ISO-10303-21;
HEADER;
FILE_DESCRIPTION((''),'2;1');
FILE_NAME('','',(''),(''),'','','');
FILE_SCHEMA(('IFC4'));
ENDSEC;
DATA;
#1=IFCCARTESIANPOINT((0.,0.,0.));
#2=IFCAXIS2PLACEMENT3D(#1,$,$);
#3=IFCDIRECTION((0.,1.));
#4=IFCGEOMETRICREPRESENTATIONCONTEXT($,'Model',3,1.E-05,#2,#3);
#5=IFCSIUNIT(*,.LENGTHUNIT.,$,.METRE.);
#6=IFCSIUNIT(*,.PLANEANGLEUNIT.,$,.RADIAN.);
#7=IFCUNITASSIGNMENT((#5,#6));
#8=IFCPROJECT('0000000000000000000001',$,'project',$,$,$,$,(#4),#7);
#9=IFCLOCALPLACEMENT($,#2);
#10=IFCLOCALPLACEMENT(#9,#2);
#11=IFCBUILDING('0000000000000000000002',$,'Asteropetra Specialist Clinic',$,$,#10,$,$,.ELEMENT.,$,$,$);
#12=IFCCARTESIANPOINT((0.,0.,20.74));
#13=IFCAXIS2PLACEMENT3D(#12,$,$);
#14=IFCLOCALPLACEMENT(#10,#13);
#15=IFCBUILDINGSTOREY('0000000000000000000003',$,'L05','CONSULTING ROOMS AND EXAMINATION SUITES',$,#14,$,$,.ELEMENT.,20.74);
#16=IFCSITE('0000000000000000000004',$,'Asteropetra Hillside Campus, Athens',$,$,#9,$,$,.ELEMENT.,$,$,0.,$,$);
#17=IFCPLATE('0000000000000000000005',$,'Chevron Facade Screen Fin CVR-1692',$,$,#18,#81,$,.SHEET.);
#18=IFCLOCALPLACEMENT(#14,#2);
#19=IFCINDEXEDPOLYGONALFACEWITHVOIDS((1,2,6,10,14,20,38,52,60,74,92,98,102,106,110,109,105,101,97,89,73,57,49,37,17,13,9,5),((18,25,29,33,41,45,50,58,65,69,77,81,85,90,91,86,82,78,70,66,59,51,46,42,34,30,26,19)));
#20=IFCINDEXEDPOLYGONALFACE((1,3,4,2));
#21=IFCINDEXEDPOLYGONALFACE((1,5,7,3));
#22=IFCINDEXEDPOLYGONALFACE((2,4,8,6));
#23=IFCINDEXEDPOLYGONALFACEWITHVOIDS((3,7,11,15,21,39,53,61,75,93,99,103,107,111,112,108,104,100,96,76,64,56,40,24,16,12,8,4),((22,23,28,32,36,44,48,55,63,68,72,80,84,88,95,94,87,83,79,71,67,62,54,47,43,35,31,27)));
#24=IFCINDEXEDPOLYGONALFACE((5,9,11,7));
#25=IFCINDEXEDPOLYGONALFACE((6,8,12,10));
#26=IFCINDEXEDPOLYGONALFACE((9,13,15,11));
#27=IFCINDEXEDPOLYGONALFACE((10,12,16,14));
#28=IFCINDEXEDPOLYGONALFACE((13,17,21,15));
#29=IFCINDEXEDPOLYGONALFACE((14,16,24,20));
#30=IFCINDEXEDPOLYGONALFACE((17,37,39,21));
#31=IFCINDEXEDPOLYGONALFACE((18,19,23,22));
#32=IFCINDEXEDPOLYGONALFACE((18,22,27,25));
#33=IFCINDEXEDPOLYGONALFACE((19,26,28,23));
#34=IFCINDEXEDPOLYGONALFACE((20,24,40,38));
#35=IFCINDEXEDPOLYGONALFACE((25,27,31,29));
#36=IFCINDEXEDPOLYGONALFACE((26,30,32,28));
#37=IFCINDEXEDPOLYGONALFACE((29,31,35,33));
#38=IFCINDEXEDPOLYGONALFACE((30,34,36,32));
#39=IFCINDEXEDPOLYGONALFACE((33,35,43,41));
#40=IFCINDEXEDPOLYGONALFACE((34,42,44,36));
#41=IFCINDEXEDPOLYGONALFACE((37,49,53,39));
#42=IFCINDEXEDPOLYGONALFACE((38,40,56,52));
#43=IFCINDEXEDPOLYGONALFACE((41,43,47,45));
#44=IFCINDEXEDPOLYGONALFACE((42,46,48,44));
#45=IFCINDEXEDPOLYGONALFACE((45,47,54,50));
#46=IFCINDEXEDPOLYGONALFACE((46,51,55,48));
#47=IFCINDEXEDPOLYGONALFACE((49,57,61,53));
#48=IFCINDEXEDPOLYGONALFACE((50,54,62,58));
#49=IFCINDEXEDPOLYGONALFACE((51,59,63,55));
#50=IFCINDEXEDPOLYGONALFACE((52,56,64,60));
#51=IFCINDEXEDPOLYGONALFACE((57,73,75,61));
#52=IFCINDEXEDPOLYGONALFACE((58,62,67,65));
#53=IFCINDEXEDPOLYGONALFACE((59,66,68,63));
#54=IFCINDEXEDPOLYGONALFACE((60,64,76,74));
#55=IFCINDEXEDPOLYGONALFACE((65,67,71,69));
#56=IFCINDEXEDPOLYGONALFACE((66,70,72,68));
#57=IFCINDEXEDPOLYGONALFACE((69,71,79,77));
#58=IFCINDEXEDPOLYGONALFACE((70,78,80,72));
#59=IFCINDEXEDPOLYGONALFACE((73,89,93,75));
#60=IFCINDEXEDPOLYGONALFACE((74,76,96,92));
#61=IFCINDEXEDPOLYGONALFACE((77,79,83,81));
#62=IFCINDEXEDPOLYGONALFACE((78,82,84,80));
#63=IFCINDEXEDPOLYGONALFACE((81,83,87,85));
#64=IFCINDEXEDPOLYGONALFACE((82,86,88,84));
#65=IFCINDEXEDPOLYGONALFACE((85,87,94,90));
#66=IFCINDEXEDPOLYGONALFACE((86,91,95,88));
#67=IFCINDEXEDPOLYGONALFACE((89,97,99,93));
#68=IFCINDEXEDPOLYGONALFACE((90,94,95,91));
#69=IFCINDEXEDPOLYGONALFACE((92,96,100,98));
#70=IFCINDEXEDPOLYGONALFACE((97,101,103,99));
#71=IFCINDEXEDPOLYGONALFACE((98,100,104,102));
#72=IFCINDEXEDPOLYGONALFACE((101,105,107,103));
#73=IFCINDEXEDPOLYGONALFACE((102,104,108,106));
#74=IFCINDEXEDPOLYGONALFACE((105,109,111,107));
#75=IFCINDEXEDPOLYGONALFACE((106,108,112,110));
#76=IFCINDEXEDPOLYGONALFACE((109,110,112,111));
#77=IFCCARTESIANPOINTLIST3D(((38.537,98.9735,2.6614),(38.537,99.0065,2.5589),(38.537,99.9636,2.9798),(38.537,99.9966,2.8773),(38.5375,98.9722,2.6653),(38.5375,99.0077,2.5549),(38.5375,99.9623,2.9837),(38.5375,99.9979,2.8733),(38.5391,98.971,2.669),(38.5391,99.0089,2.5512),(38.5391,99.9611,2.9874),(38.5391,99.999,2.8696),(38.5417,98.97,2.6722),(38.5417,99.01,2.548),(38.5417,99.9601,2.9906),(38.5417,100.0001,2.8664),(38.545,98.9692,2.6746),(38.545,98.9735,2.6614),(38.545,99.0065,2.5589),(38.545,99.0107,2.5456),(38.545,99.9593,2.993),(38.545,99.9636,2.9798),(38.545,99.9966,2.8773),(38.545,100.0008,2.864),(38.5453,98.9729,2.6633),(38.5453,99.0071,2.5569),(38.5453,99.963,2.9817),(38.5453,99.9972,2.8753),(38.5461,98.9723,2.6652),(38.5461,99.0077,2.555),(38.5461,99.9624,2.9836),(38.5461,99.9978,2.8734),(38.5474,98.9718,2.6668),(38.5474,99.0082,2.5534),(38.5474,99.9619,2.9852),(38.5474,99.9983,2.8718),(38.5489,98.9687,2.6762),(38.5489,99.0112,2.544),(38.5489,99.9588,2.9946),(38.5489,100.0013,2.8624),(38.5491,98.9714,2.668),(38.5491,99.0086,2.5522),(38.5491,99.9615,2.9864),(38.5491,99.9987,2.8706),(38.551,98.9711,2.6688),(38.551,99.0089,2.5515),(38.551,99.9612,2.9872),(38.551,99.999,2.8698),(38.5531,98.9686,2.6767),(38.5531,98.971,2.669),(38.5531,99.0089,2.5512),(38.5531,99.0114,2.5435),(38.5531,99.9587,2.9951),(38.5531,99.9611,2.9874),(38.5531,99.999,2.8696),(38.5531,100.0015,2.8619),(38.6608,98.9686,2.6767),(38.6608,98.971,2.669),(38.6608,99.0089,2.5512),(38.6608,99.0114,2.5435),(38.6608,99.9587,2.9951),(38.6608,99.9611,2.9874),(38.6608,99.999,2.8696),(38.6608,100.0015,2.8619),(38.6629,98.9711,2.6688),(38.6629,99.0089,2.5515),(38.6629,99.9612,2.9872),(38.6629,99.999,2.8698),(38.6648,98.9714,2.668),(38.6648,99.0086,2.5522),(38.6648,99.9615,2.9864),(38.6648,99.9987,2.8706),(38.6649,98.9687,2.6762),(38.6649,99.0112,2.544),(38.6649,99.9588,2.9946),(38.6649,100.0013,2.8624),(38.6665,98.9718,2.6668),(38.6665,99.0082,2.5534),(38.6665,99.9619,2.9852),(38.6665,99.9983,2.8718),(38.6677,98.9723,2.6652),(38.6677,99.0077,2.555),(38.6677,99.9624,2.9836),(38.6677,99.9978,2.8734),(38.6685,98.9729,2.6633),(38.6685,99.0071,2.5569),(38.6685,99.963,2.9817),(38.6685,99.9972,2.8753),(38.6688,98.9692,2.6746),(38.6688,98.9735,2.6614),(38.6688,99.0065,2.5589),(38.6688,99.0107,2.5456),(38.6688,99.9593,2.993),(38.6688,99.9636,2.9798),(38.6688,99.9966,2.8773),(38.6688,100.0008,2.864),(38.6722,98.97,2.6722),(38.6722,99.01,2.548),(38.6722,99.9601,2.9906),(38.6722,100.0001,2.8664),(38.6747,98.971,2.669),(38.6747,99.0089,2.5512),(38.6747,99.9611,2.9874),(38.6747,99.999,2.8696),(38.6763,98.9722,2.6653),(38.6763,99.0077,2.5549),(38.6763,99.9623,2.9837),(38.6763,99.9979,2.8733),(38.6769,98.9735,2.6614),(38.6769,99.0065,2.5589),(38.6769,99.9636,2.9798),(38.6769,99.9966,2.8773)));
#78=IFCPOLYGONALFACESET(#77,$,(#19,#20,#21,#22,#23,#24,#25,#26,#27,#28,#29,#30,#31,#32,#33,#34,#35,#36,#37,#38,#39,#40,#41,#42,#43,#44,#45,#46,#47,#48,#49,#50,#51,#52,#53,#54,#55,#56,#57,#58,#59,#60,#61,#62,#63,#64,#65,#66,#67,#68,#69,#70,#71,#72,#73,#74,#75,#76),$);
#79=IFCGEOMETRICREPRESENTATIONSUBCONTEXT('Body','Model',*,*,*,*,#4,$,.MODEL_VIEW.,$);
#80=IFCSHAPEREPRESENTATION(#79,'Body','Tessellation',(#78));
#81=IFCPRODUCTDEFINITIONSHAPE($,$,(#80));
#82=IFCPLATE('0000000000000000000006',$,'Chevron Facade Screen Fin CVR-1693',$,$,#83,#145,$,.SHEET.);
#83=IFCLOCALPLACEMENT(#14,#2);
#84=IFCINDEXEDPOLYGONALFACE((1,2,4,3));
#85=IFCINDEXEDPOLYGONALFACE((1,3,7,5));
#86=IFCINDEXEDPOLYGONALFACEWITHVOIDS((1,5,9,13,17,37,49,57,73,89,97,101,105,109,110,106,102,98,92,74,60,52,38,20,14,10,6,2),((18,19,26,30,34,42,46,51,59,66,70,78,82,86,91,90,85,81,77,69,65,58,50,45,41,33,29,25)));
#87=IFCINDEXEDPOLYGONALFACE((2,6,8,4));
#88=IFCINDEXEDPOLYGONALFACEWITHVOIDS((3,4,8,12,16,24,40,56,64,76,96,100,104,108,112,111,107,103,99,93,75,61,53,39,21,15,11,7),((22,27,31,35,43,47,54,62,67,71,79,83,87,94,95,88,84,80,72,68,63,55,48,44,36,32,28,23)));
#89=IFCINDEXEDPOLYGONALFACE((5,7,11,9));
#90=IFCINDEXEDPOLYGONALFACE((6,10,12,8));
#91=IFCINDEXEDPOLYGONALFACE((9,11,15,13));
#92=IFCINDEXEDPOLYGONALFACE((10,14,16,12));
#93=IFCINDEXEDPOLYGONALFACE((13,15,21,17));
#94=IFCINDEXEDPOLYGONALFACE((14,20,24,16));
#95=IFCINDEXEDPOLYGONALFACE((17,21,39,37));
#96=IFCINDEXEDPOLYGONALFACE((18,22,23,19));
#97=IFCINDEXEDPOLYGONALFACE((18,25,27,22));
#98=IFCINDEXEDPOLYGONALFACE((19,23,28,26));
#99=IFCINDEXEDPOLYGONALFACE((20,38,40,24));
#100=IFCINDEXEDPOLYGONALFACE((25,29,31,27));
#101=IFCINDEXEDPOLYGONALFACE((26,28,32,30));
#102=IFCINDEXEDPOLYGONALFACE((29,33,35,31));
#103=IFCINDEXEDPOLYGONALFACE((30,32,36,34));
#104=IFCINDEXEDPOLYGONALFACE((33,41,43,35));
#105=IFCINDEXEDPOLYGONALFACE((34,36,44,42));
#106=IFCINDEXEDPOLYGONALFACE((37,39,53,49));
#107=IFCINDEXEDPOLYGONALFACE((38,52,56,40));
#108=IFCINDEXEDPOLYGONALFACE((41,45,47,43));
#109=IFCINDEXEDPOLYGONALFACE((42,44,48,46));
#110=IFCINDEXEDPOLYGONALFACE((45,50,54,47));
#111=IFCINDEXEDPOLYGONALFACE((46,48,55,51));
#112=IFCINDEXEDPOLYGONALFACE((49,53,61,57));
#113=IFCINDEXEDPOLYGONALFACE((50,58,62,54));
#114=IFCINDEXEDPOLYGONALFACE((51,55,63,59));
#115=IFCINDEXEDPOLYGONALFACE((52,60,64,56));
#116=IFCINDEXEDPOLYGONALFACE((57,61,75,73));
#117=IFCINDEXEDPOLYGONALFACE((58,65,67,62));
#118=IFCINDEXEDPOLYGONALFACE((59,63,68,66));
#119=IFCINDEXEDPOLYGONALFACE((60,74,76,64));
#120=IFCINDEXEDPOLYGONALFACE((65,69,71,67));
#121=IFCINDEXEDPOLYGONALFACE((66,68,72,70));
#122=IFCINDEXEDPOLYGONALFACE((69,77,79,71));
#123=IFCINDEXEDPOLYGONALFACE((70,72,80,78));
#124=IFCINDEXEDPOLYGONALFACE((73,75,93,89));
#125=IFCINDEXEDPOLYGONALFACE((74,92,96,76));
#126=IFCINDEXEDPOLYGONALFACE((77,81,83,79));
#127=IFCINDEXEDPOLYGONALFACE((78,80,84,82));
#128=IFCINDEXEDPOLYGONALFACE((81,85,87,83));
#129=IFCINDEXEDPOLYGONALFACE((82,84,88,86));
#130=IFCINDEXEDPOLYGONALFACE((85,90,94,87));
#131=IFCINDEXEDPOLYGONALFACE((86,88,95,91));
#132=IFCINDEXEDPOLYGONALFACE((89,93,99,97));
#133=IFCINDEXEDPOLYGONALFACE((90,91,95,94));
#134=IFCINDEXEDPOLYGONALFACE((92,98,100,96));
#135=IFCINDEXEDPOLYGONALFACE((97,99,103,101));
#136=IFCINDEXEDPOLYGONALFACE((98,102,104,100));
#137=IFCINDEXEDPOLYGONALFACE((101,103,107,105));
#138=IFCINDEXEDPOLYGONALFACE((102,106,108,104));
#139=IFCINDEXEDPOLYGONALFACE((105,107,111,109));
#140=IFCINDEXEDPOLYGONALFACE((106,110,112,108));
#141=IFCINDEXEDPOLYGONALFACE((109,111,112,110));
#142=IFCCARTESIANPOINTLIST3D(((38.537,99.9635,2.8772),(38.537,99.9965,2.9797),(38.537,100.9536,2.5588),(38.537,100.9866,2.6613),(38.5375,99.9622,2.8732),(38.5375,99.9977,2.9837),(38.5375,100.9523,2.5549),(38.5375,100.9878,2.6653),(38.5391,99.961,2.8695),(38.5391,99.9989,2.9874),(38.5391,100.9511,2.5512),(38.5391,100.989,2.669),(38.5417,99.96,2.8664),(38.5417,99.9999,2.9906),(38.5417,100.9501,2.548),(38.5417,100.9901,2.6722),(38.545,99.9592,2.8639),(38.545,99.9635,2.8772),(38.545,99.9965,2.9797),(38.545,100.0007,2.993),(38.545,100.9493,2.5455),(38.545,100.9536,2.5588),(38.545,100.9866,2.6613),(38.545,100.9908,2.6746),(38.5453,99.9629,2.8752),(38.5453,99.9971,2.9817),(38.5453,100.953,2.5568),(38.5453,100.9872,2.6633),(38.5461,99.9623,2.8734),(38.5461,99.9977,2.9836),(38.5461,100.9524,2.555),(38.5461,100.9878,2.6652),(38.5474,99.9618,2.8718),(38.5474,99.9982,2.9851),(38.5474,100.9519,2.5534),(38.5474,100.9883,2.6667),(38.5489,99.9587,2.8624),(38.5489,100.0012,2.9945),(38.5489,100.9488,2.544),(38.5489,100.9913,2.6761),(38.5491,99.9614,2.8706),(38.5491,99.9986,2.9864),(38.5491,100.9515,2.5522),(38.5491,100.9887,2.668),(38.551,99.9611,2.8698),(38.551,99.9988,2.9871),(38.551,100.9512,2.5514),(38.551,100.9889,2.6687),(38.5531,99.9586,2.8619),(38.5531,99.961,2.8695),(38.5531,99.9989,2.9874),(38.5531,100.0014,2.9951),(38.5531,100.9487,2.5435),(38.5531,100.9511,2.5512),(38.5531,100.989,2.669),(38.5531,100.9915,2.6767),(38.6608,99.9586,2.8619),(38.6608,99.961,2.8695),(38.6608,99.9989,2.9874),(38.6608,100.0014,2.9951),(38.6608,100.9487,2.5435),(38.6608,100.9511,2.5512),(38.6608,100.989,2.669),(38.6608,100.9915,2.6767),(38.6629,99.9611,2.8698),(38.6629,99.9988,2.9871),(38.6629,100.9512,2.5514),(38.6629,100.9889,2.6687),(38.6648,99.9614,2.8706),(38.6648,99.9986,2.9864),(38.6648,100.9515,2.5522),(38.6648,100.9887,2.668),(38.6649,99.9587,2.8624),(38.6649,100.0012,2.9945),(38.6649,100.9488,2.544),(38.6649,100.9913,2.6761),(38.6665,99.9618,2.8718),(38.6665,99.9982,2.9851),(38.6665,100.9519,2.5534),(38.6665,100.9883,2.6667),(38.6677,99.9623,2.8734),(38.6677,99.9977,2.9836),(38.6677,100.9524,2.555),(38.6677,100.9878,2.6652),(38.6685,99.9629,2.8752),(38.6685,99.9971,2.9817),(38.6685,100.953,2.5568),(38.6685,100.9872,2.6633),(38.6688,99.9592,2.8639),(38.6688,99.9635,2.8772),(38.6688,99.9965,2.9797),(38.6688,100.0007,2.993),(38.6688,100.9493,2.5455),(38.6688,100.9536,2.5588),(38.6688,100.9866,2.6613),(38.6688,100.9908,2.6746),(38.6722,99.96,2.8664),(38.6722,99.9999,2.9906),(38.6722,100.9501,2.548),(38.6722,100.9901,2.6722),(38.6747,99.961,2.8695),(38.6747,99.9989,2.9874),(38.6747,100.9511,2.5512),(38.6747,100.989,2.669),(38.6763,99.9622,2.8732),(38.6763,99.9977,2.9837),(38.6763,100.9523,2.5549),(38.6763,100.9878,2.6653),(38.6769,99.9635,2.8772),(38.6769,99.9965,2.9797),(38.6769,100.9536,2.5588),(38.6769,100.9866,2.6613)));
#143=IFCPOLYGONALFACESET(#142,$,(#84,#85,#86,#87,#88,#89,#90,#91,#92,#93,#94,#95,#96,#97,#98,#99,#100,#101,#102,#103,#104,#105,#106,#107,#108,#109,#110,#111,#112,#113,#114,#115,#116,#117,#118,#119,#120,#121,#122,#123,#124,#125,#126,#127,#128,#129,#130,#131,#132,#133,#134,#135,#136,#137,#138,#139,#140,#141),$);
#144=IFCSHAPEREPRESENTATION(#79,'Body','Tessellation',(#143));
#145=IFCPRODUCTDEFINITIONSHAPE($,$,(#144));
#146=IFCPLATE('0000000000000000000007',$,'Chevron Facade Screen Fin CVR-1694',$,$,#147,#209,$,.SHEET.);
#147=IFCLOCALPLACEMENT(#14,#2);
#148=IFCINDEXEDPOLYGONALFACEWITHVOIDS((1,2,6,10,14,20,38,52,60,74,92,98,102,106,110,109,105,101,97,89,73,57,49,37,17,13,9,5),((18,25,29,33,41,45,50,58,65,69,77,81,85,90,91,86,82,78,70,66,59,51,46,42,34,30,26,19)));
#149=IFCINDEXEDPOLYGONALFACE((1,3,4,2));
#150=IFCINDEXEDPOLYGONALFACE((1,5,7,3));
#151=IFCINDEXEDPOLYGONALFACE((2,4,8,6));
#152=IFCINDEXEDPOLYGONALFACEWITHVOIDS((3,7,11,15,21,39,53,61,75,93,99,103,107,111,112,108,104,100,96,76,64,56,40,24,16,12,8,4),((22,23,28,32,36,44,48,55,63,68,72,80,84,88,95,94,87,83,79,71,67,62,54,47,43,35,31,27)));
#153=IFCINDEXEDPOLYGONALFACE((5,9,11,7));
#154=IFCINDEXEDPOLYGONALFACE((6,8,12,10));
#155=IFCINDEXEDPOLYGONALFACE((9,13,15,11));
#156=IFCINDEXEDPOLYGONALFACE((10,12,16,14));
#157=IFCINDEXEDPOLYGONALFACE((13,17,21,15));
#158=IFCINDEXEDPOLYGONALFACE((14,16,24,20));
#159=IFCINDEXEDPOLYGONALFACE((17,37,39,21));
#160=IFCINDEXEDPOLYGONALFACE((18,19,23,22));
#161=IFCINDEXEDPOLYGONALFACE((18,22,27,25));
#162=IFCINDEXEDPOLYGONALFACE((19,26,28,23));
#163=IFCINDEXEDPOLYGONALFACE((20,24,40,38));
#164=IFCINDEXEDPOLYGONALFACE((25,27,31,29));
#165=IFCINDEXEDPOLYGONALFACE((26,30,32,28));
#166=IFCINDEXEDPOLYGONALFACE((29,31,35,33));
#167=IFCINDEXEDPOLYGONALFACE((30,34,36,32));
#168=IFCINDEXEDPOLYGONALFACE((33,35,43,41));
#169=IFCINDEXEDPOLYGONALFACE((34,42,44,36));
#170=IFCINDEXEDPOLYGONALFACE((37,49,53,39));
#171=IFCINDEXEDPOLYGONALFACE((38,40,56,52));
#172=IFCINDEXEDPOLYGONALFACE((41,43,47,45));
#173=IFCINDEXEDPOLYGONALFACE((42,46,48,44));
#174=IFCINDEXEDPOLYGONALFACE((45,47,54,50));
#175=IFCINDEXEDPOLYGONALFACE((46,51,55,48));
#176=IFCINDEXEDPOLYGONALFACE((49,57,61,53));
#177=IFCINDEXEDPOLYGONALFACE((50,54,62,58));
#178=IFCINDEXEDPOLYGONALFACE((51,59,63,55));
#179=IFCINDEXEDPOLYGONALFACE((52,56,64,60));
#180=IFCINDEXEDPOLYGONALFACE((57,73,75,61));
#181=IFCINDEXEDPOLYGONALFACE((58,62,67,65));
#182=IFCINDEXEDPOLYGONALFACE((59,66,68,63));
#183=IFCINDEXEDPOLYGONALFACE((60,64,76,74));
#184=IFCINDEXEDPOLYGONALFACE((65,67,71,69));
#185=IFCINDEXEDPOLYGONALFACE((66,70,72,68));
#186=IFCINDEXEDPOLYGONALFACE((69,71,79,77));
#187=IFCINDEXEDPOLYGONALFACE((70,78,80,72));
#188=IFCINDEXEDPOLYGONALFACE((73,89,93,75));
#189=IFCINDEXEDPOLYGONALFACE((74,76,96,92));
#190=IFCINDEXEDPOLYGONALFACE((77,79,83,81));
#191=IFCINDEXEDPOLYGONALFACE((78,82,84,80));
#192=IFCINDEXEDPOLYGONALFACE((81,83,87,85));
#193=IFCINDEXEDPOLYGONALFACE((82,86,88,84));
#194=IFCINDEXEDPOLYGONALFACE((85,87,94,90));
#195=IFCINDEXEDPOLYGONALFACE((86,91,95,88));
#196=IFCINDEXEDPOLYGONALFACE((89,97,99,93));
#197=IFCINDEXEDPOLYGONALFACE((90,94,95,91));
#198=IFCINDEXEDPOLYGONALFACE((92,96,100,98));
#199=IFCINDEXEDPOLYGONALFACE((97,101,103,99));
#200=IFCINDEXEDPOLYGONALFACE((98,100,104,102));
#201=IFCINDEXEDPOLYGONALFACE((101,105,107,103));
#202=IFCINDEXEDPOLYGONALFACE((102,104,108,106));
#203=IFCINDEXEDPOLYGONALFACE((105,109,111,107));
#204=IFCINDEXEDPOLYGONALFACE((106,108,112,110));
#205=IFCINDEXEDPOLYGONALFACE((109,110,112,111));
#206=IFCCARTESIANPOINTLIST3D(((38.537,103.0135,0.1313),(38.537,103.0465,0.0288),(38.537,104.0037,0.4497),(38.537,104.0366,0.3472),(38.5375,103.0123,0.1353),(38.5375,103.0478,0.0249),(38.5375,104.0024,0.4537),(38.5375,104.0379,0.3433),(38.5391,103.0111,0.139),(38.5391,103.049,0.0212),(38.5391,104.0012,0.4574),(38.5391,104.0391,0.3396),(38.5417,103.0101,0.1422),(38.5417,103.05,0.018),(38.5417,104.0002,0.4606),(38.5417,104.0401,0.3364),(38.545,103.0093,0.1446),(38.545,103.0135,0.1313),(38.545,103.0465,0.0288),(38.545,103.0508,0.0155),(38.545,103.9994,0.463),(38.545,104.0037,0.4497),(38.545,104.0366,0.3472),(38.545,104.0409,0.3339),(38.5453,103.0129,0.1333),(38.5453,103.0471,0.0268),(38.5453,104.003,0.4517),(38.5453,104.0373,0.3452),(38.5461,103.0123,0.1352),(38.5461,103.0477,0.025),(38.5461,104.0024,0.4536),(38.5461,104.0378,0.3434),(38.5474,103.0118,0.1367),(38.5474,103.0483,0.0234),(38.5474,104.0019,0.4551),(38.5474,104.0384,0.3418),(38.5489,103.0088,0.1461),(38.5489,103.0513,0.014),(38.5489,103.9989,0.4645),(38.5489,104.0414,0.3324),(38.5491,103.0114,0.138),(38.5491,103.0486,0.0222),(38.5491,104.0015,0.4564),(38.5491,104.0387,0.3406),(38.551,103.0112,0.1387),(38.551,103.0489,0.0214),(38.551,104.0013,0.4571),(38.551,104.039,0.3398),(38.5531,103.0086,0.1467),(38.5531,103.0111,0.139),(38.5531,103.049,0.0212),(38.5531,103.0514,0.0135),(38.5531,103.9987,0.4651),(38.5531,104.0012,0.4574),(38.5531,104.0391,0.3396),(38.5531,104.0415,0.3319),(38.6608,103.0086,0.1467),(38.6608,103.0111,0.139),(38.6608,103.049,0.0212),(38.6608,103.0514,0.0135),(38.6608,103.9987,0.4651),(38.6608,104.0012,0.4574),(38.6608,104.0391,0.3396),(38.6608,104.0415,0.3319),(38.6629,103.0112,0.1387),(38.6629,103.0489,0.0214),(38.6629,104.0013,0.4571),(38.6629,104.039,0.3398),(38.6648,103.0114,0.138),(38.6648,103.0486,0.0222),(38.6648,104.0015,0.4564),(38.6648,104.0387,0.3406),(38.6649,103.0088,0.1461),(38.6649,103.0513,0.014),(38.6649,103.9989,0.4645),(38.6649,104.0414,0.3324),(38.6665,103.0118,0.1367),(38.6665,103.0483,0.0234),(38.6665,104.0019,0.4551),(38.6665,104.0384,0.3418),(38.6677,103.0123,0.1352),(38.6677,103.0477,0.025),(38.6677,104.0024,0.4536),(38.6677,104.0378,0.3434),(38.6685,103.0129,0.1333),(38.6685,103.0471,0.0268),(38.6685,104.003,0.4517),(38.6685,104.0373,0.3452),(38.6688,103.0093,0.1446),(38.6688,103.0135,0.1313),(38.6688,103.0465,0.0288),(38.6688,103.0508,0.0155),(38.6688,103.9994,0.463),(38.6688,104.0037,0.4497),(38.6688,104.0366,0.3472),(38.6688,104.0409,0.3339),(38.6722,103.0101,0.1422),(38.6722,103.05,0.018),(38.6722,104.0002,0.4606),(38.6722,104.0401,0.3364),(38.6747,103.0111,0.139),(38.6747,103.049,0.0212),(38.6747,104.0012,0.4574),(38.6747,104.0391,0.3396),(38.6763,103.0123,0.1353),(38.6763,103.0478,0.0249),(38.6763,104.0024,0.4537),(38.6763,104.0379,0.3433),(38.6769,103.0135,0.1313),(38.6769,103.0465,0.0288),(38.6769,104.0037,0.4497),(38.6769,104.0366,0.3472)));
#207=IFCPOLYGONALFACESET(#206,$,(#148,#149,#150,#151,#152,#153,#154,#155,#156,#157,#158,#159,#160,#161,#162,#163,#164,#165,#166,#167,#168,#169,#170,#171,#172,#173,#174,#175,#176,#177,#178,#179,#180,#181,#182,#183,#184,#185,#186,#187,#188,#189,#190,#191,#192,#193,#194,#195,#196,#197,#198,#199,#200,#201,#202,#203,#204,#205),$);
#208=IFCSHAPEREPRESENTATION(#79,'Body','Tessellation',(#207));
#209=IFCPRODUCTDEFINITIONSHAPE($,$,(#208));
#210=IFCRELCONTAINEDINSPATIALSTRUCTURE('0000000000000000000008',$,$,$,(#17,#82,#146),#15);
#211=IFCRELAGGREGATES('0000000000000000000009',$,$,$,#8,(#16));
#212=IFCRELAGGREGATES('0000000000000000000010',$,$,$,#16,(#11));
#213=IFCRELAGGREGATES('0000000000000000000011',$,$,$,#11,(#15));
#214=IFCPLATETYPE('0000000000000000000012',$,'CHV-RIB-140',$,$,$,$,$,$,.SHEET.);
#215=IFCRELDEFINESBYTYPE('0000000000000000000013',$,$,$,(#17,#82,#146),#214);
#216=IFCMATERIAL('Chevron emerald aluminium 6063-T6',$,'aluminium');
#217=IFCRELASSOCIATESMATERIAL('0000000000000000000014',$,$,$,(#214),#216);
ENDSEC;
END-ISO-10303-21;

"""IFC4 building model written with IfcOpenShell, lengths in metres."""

from ifc_helpers import new_model, si_unit, direction, frame, origin, origin_2d, place, context, subcontext, project, spatial, hollow_rectangle, extrude, material, material_profile, profile_set, type_object, element, save


model = new_model("IFC4")

# Units and contexts
model_context = context("Model", 3, precision=1e-05, world=origin(), true_north=direction((0.0, 1.0)))
body_context = subcontext(model_context, "Body", "Model", "MODEL_VIEW")
ifc_project = project(units=[si_unit("LENGTHUNIT", "METRE"), si_unit("PLANEANGLEUNIT", "RADIAN")], contexts=[model_context])

# Site, building, storey
site_placement = place(None, origin())
site = spatial("IfcSite", under=ifc_project, at=site_placement, Name="Asteropetra Hillside Campus, Athens", CompositionType="ELEMENT", RefElevation=0.0)
building_placement = place(site_placement, origin())
building = spatial("IfcBuilding", under=site, at=building_placement, Name="Asteropetra Specialist Clinic", CompositionType="ELEMENT")
storey_placement = place(building_placement, frame((0.0, 0.0, 20.74)))
storey = spatial("IfcBuildingStorey", under=building, at=storey_placement, Name="L05", Description="CONSULTING ROOMS AND EXAMINATION SUITES", CompositionType="ELEMENT", Elevation=20.74)

# Plates
ifc_material_1 = material(Name="Chevron emerald aluminium 6063-T6", Category="aluminium")
ifc_material_profile_1 = material_profile(ifc_material_1, hollow_rectangle(XDim=0.1399, YDim=0.1399, WallThickness=0.0081, InnerFilletRadius=0.0081, OuterFilletRadius=0.0161, at=origin_2d()), Name="SHS 140x140x8.0")
ifc_profile_set_1 = profile_set([ifc_material_profile_1], Name="Chevron emerald aluminium 6063-T6")
plate_type = type_object("IfcPlateType", Name="CHV-RIB-140", PredefinedType="SHEET", material=ifc_profile_set_1)
for number, where, z_axis, x_axis, name in (
    (1, (38.6069, 98.99, 2.6101), (0.0, 0.951987, 0.306138), (-1.0, 0.0, 0.0), "Chevron Facade Screen Fin CVR-1692"),
    (2, (38.6069, 99.98, 2.9285), (0.0, 0.951987, -0.306138), (-1.0, 0.0, 0.0), "Chevron Facade Screen Fin CVR-1693"),
    (3, (38.6069, 103.03, 0.0801), (0.0, 0.951987, 0.306138), (-1.0, 0.0, 0.0), "Chevron Facade Screen Fin CVR-1694"),
):
    element("IfcPlate", number, at=place(storey_placement, frame(where, z_axis=z_axis, x_axis=x_axis)), inside=storey, type_object=plate_type, Name=name, PredefinedType="SHEET", context=body_context, shape_type="SweptSolid", body=[
        extrude(hollow_rectangle(XDim=0.1399, YDim=0.1399, WallThickness=0.0081, InnerFilletRadius=0.0081, OuterFilletRadius=0.0161, at=origin_2d()), origin(), (0.0, 0.0, 1.0), 1.04),
    ])

save(model, "model.ifc")
